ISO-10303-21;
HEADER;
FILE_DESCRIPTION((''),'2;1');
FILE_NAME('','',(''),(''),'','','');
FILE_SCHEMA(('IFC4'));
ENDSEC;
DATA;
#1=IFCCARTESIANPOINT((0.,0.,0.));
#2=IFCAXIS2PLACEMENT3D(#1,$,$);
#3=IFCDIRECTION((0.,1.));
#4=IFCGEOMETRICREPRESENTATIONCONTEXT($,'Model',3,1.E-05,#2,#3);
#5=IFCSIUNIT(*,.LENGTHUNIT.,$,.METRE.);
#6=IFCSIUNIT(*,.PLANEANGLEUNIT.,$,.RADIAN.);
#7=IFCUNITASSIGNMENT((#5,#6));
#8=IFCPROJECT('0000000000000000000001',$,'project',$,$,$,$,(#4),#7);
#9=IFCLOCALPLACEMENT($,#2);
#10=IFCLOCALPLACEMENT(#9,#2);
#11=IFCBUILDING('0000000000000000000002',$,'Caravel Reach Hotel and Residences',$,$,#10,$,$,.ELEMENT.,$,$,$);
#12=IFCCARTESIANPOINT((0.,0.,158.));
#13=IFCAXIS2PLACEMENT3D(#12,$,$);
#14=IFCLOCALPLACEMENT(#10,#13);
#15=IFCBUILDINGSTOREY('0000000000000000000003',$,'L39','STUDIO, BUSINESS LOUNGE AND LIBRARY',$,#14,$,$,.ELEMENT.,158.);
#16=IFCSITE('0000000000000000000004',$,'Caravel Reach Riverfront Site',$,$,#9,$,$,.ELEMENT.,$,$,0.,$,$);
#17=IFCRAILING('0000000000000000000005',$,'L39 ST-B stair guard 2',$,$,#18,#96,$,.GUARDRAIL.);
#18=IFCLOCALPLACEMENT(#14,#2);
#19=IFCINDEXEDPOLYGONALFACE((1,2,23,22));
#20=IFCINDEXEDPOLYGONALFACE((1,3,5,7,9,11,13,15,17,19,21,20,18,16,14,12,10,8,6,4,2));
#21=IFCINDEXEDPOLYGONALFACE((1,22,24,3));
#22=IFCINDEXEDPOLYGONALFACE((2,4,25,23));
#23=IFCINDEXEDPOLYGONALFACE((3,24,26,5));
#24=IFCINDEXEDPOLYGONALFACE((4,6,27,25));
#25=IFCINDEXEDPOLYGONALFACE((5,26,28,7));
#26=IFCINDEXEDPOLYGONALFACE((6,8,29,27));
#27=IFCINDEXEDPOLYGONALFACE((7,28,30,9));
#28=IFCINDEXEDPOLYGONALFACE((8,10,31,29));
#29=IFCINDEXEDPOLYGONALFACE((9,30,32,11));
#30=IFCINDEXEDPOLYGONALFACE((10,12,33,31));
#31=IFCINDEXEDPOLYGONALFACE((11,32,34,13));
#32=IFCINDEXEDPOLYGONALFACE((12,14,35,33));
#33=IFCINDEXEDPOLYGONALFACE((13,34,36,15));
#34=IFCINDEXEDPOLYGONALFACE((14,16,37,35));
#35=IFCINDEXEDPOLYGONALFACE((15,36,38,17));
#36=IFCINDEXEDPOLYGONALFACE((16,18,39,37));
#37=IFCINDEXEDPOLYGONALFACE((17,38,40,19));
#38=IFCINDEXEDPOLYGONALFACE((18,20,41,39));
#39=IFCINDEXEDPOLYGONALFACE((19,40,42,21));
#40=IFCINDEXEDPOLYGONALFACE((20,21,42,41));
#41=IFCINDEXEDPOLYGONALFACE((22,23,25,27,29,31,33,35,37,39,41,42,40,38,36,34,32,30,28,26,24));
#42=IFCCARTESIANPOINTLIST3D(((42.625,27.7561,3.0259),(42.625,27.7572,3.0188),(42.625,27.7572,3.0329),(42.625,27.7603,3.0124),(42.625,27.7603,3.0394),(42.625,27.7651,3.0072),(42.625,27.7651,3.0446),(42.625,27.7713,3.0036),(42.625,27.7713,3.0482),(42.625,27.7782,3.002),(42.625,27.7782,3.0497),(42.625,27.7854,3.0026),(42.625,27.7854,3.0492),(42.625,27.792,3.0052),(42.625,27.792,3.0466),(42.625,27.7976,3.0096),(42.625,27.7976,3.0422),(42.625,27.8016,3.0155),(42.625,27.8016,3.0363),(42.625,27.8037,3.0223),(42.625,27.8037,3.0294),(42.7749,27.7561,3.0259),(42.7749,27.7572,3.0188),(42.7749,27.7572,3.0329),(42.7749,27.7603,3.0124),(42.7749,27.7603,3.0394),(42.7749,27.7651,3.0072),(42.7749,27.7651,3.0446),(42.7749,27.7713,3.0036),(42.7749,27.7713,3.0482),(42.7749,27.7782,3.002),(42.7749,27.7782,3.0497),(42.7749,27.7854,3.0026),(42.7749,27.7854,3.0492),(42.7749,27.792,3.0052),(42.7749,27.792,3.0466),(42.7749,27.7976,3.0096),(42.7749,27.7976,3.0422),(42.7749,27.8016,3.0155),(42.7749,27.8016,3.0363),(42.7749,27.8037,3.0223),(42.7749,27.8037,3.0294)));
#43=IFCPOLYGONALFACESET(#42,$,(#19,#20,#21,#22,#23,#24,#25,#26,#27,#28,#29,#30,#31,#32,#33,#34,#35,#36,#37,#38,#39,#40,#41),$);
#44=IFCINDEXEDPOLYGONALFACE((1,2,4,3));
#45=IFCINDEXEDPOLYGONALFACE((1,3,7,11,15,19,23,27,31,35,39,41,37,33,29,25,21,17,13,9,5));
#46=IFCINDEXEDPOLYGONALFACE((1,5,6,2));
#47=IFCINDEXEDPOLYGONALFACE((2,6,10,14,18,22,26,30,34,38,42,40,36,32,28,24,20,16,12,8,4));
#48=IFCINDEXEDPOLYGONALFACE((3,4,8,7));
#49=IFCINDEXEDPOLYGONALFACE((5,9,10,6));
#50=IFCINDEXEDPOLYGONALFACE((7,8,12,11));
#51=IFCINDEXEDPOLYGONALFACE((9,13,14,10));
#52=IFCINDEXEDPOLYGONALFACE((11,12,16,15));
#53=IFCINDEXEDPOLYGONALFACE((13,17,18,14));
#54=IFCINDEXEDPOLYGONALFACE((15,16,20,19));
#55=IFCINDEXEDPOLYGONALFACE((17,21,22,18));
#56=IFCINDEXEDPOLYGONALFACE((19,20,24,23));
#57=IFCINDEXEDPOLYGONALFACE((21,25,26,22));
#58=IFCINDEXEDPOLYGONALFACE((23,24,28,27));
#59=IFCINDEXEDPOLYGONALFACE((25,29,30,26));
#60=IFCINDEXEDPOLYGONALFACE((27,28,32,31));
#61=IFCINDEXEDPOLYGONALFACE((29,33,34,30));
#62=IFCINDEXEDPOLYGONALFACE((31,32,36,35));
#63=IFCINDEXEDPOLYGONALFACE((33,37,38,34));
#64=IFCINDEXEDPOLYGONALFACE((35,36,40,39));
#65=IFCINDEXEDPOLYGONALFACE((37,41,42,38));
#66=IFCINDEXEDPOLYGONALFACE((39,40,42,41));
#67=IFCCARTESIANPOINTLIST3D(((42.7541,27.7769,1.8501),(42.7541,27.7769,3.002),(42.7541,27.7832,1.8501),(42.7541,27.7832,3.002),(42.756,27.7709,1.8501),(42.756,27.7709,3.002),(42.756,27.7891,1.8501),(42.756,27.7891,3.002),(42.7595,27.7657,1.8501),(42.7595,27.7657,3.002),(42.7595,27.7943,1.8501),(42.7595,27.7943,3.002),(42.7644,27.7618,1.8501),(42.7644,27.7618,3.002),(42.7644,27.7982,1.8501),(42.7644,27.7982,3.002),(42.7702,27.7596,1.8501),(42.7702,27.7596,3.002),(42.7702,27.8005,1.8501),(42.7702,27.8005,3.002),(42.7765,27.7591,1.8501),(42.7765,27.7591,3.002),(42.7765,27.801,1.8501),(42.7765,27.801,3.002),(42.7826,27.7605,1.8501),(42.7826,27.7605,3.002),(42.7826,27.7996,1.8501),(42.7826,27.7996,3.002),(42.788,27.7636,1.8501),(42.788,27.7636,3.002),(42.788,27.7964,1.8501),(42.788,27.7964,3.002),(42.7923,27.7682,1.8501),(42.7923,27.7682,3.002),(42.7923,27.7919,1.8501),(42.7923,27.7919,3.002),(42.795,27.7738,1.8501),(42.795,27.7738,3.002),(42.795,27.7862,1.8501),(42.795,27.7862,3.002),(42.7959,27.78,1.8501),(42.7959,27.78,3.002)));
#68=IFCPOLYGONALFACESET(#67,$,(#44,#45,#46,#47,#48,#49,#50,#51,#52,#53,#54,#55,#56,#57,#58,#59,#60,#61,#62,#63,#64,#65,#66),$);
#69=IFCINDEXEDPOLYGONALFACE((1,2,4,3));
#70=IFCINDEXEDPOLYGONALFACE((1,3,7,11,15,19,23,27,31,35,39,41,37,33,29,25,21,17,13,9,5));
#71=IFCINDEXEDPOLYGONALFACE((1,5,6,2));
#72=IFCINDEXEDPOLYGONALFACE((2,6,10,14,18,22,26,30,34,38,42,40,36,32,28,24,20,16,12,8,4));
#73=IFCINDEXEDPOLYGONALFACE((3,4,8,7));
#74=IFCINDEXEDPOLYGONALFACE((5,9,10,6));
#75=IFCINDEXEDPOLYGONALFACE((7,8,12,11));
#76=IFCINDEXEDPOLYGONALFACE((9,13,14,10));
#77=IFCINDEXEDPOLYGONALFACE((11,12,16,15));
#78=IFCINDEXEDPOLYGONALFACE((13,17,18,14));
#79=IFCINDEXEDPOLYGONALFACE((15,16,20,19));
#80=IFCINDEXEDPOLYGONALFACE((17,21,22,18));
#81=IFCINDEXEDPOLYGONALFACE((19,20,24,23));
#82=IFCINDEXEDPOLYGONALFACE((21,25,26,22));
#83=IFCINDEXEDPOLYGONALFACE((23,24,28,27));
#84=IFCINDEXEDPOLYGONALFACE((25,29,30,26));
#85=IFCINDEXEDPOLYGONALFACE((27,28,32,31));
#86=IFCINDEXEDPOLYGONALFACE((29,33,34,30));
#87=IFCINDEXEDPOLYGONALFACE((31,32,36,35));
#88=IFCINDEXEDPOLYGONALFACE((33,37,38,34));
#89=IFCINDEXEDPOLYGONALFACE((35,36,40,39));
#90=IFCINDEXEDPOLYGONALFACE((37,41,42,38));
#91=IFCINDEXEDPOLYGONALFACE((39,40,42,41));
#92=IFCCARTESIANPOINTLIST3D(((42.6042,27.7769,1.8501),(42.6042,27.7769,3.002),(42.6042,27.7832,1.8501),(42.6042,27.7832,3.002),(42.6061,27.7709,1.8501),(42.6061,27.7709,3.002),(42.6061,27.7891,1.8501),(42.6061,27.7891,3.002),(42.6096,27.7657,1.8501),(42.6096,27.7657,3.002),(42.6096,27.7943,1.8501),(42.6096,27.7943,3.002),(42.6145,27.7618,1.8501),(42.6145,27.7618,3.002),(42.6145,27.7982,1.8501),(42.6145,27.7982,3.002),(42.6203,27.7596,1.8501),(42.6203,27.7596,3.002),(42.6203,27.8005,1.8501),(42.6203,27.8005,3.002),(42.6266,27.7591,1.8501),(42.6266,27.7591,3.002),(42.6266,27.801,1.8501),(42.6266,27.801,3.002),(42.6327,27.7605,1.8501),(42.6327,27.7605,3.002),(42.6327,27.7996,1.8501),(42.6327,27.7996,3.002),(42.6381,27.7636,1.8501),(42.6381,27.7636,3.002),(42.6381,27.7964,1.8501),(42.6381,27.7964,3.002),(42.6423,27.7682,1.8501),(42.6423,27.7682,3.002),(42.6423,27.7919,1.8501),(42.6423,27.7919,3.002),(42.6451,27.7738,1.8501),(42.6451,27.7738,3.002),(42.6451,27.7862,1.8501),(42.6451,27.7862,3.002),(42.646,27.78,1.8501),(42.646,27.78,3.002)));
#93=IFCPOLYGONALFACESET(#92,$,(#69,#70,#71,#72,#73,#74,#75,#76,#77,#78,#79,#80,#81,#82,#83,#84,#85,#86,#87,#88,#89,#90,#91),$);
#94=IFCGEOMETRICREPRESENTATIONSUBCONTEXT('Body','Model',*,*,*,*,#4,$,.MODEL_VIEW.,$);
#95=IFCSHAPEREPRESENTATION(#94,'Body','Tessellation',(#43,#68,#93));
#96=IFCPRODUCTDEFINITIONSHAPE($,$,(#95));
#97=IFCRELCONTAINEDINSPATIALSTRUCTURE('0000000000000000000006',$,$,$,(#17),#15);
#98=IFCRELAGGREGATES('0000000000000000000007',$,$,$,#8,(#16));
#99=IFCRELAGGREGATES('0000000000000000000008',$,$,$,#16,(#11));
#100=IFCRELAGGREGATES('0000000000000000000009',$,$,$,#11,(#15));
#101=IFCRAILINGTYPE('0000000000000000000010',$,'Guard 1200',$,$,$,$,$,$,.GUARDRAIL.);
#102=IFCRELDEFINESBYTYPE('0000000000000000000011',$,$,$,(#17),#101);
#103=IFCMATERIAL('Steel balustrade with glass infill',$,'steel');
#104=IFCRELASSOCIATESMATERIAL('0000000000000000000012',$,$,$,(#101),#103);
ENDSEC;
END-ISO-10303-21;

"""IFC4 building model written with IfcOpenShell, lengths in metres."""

from ifc_helpers import new_model, si_unit, direction, frame, origin, origin_2d, place, context, subcontext, project, spatial, circle, extrude, material, type_object, element, save


model = new_model("IFC4")

# Units and contexts
model_context = context("Model", 3, precision=1e-05, world=origin(), true_north=direction((0.0, 1.0)))
body_context = subcontext(model_context, "Body", "Model", "MODEL_VIEW")
ifc_project = project(units=[si_unit("LENGTHUNIT", "METRE"), si_unit("PLANEANGLEUNIT", "RADIAN")], contexts=[model_context])

# Site, building, storey
site_placement = place(None, origin())
site = spatial("IfcSite", under=ifc_project, at=site_placement, Name="Caravel Reach Riverfront Site", CompositionType="ELEMENT", RefElevation=0.0)
building_placement = place(site_placement, origin())
building = spatial("IfcBuilding", under=site, at=building_placement, Name="Caravel Reach Hotel and Residences", CompositionType="ELEMENT")
storey_placement = place(building_placement, frame((0.0, 0.0, 158.0)))
storey = spatial("IfcBuildingStorey", under=building, at=storey_placement, Name="L39", Description="STUDIO, BUSINESS LOUNGE AND LIBRARY", CompositionType="ELEMENT", Elevation=158.0)

# Railing
ifc_material_1 = material(Name="Steel balustrade with glass infill", Category="steel")
railing_type_1 = type_object("IfcRailingType", Name="Guard 1200", PredefinedType="GUARDRAIL", material=ifc_material_1)
railing_1_placement = place(storey_placement, frame((42.7749, 27.78, 1.8501)))
element("IfcRailing", 1, at=railing_1_placement, inside=storey, type_object=railing_type_1, Name="L39 ST-B stair guard 2", PredefinedType="GUARDRAIL", context=body_context, shape_type="SweptSolid", body=[
    extrude(circle(Radius=0.0239, at=origin_2d()), frame((0.0, 0.0, 1.1758), z_axis=(-1.0, 0.0, 0.0), x_axis=(0.0, -1.0, 0.0)), (0.0, 0.0, 1.0), 0.1499),
    extrude(circle(Radius=0.021, at=origin_2d()), origin(), (0.0, 0.0, 1.0), 1.1519),
    extrude(circle(Radius=0.021, at=origin_2d()), frame((-0.1499, 0.0, 0.0)), (0.0, 0.0, 1.0), 1.1519),
])

save(model, "model.ifc")
